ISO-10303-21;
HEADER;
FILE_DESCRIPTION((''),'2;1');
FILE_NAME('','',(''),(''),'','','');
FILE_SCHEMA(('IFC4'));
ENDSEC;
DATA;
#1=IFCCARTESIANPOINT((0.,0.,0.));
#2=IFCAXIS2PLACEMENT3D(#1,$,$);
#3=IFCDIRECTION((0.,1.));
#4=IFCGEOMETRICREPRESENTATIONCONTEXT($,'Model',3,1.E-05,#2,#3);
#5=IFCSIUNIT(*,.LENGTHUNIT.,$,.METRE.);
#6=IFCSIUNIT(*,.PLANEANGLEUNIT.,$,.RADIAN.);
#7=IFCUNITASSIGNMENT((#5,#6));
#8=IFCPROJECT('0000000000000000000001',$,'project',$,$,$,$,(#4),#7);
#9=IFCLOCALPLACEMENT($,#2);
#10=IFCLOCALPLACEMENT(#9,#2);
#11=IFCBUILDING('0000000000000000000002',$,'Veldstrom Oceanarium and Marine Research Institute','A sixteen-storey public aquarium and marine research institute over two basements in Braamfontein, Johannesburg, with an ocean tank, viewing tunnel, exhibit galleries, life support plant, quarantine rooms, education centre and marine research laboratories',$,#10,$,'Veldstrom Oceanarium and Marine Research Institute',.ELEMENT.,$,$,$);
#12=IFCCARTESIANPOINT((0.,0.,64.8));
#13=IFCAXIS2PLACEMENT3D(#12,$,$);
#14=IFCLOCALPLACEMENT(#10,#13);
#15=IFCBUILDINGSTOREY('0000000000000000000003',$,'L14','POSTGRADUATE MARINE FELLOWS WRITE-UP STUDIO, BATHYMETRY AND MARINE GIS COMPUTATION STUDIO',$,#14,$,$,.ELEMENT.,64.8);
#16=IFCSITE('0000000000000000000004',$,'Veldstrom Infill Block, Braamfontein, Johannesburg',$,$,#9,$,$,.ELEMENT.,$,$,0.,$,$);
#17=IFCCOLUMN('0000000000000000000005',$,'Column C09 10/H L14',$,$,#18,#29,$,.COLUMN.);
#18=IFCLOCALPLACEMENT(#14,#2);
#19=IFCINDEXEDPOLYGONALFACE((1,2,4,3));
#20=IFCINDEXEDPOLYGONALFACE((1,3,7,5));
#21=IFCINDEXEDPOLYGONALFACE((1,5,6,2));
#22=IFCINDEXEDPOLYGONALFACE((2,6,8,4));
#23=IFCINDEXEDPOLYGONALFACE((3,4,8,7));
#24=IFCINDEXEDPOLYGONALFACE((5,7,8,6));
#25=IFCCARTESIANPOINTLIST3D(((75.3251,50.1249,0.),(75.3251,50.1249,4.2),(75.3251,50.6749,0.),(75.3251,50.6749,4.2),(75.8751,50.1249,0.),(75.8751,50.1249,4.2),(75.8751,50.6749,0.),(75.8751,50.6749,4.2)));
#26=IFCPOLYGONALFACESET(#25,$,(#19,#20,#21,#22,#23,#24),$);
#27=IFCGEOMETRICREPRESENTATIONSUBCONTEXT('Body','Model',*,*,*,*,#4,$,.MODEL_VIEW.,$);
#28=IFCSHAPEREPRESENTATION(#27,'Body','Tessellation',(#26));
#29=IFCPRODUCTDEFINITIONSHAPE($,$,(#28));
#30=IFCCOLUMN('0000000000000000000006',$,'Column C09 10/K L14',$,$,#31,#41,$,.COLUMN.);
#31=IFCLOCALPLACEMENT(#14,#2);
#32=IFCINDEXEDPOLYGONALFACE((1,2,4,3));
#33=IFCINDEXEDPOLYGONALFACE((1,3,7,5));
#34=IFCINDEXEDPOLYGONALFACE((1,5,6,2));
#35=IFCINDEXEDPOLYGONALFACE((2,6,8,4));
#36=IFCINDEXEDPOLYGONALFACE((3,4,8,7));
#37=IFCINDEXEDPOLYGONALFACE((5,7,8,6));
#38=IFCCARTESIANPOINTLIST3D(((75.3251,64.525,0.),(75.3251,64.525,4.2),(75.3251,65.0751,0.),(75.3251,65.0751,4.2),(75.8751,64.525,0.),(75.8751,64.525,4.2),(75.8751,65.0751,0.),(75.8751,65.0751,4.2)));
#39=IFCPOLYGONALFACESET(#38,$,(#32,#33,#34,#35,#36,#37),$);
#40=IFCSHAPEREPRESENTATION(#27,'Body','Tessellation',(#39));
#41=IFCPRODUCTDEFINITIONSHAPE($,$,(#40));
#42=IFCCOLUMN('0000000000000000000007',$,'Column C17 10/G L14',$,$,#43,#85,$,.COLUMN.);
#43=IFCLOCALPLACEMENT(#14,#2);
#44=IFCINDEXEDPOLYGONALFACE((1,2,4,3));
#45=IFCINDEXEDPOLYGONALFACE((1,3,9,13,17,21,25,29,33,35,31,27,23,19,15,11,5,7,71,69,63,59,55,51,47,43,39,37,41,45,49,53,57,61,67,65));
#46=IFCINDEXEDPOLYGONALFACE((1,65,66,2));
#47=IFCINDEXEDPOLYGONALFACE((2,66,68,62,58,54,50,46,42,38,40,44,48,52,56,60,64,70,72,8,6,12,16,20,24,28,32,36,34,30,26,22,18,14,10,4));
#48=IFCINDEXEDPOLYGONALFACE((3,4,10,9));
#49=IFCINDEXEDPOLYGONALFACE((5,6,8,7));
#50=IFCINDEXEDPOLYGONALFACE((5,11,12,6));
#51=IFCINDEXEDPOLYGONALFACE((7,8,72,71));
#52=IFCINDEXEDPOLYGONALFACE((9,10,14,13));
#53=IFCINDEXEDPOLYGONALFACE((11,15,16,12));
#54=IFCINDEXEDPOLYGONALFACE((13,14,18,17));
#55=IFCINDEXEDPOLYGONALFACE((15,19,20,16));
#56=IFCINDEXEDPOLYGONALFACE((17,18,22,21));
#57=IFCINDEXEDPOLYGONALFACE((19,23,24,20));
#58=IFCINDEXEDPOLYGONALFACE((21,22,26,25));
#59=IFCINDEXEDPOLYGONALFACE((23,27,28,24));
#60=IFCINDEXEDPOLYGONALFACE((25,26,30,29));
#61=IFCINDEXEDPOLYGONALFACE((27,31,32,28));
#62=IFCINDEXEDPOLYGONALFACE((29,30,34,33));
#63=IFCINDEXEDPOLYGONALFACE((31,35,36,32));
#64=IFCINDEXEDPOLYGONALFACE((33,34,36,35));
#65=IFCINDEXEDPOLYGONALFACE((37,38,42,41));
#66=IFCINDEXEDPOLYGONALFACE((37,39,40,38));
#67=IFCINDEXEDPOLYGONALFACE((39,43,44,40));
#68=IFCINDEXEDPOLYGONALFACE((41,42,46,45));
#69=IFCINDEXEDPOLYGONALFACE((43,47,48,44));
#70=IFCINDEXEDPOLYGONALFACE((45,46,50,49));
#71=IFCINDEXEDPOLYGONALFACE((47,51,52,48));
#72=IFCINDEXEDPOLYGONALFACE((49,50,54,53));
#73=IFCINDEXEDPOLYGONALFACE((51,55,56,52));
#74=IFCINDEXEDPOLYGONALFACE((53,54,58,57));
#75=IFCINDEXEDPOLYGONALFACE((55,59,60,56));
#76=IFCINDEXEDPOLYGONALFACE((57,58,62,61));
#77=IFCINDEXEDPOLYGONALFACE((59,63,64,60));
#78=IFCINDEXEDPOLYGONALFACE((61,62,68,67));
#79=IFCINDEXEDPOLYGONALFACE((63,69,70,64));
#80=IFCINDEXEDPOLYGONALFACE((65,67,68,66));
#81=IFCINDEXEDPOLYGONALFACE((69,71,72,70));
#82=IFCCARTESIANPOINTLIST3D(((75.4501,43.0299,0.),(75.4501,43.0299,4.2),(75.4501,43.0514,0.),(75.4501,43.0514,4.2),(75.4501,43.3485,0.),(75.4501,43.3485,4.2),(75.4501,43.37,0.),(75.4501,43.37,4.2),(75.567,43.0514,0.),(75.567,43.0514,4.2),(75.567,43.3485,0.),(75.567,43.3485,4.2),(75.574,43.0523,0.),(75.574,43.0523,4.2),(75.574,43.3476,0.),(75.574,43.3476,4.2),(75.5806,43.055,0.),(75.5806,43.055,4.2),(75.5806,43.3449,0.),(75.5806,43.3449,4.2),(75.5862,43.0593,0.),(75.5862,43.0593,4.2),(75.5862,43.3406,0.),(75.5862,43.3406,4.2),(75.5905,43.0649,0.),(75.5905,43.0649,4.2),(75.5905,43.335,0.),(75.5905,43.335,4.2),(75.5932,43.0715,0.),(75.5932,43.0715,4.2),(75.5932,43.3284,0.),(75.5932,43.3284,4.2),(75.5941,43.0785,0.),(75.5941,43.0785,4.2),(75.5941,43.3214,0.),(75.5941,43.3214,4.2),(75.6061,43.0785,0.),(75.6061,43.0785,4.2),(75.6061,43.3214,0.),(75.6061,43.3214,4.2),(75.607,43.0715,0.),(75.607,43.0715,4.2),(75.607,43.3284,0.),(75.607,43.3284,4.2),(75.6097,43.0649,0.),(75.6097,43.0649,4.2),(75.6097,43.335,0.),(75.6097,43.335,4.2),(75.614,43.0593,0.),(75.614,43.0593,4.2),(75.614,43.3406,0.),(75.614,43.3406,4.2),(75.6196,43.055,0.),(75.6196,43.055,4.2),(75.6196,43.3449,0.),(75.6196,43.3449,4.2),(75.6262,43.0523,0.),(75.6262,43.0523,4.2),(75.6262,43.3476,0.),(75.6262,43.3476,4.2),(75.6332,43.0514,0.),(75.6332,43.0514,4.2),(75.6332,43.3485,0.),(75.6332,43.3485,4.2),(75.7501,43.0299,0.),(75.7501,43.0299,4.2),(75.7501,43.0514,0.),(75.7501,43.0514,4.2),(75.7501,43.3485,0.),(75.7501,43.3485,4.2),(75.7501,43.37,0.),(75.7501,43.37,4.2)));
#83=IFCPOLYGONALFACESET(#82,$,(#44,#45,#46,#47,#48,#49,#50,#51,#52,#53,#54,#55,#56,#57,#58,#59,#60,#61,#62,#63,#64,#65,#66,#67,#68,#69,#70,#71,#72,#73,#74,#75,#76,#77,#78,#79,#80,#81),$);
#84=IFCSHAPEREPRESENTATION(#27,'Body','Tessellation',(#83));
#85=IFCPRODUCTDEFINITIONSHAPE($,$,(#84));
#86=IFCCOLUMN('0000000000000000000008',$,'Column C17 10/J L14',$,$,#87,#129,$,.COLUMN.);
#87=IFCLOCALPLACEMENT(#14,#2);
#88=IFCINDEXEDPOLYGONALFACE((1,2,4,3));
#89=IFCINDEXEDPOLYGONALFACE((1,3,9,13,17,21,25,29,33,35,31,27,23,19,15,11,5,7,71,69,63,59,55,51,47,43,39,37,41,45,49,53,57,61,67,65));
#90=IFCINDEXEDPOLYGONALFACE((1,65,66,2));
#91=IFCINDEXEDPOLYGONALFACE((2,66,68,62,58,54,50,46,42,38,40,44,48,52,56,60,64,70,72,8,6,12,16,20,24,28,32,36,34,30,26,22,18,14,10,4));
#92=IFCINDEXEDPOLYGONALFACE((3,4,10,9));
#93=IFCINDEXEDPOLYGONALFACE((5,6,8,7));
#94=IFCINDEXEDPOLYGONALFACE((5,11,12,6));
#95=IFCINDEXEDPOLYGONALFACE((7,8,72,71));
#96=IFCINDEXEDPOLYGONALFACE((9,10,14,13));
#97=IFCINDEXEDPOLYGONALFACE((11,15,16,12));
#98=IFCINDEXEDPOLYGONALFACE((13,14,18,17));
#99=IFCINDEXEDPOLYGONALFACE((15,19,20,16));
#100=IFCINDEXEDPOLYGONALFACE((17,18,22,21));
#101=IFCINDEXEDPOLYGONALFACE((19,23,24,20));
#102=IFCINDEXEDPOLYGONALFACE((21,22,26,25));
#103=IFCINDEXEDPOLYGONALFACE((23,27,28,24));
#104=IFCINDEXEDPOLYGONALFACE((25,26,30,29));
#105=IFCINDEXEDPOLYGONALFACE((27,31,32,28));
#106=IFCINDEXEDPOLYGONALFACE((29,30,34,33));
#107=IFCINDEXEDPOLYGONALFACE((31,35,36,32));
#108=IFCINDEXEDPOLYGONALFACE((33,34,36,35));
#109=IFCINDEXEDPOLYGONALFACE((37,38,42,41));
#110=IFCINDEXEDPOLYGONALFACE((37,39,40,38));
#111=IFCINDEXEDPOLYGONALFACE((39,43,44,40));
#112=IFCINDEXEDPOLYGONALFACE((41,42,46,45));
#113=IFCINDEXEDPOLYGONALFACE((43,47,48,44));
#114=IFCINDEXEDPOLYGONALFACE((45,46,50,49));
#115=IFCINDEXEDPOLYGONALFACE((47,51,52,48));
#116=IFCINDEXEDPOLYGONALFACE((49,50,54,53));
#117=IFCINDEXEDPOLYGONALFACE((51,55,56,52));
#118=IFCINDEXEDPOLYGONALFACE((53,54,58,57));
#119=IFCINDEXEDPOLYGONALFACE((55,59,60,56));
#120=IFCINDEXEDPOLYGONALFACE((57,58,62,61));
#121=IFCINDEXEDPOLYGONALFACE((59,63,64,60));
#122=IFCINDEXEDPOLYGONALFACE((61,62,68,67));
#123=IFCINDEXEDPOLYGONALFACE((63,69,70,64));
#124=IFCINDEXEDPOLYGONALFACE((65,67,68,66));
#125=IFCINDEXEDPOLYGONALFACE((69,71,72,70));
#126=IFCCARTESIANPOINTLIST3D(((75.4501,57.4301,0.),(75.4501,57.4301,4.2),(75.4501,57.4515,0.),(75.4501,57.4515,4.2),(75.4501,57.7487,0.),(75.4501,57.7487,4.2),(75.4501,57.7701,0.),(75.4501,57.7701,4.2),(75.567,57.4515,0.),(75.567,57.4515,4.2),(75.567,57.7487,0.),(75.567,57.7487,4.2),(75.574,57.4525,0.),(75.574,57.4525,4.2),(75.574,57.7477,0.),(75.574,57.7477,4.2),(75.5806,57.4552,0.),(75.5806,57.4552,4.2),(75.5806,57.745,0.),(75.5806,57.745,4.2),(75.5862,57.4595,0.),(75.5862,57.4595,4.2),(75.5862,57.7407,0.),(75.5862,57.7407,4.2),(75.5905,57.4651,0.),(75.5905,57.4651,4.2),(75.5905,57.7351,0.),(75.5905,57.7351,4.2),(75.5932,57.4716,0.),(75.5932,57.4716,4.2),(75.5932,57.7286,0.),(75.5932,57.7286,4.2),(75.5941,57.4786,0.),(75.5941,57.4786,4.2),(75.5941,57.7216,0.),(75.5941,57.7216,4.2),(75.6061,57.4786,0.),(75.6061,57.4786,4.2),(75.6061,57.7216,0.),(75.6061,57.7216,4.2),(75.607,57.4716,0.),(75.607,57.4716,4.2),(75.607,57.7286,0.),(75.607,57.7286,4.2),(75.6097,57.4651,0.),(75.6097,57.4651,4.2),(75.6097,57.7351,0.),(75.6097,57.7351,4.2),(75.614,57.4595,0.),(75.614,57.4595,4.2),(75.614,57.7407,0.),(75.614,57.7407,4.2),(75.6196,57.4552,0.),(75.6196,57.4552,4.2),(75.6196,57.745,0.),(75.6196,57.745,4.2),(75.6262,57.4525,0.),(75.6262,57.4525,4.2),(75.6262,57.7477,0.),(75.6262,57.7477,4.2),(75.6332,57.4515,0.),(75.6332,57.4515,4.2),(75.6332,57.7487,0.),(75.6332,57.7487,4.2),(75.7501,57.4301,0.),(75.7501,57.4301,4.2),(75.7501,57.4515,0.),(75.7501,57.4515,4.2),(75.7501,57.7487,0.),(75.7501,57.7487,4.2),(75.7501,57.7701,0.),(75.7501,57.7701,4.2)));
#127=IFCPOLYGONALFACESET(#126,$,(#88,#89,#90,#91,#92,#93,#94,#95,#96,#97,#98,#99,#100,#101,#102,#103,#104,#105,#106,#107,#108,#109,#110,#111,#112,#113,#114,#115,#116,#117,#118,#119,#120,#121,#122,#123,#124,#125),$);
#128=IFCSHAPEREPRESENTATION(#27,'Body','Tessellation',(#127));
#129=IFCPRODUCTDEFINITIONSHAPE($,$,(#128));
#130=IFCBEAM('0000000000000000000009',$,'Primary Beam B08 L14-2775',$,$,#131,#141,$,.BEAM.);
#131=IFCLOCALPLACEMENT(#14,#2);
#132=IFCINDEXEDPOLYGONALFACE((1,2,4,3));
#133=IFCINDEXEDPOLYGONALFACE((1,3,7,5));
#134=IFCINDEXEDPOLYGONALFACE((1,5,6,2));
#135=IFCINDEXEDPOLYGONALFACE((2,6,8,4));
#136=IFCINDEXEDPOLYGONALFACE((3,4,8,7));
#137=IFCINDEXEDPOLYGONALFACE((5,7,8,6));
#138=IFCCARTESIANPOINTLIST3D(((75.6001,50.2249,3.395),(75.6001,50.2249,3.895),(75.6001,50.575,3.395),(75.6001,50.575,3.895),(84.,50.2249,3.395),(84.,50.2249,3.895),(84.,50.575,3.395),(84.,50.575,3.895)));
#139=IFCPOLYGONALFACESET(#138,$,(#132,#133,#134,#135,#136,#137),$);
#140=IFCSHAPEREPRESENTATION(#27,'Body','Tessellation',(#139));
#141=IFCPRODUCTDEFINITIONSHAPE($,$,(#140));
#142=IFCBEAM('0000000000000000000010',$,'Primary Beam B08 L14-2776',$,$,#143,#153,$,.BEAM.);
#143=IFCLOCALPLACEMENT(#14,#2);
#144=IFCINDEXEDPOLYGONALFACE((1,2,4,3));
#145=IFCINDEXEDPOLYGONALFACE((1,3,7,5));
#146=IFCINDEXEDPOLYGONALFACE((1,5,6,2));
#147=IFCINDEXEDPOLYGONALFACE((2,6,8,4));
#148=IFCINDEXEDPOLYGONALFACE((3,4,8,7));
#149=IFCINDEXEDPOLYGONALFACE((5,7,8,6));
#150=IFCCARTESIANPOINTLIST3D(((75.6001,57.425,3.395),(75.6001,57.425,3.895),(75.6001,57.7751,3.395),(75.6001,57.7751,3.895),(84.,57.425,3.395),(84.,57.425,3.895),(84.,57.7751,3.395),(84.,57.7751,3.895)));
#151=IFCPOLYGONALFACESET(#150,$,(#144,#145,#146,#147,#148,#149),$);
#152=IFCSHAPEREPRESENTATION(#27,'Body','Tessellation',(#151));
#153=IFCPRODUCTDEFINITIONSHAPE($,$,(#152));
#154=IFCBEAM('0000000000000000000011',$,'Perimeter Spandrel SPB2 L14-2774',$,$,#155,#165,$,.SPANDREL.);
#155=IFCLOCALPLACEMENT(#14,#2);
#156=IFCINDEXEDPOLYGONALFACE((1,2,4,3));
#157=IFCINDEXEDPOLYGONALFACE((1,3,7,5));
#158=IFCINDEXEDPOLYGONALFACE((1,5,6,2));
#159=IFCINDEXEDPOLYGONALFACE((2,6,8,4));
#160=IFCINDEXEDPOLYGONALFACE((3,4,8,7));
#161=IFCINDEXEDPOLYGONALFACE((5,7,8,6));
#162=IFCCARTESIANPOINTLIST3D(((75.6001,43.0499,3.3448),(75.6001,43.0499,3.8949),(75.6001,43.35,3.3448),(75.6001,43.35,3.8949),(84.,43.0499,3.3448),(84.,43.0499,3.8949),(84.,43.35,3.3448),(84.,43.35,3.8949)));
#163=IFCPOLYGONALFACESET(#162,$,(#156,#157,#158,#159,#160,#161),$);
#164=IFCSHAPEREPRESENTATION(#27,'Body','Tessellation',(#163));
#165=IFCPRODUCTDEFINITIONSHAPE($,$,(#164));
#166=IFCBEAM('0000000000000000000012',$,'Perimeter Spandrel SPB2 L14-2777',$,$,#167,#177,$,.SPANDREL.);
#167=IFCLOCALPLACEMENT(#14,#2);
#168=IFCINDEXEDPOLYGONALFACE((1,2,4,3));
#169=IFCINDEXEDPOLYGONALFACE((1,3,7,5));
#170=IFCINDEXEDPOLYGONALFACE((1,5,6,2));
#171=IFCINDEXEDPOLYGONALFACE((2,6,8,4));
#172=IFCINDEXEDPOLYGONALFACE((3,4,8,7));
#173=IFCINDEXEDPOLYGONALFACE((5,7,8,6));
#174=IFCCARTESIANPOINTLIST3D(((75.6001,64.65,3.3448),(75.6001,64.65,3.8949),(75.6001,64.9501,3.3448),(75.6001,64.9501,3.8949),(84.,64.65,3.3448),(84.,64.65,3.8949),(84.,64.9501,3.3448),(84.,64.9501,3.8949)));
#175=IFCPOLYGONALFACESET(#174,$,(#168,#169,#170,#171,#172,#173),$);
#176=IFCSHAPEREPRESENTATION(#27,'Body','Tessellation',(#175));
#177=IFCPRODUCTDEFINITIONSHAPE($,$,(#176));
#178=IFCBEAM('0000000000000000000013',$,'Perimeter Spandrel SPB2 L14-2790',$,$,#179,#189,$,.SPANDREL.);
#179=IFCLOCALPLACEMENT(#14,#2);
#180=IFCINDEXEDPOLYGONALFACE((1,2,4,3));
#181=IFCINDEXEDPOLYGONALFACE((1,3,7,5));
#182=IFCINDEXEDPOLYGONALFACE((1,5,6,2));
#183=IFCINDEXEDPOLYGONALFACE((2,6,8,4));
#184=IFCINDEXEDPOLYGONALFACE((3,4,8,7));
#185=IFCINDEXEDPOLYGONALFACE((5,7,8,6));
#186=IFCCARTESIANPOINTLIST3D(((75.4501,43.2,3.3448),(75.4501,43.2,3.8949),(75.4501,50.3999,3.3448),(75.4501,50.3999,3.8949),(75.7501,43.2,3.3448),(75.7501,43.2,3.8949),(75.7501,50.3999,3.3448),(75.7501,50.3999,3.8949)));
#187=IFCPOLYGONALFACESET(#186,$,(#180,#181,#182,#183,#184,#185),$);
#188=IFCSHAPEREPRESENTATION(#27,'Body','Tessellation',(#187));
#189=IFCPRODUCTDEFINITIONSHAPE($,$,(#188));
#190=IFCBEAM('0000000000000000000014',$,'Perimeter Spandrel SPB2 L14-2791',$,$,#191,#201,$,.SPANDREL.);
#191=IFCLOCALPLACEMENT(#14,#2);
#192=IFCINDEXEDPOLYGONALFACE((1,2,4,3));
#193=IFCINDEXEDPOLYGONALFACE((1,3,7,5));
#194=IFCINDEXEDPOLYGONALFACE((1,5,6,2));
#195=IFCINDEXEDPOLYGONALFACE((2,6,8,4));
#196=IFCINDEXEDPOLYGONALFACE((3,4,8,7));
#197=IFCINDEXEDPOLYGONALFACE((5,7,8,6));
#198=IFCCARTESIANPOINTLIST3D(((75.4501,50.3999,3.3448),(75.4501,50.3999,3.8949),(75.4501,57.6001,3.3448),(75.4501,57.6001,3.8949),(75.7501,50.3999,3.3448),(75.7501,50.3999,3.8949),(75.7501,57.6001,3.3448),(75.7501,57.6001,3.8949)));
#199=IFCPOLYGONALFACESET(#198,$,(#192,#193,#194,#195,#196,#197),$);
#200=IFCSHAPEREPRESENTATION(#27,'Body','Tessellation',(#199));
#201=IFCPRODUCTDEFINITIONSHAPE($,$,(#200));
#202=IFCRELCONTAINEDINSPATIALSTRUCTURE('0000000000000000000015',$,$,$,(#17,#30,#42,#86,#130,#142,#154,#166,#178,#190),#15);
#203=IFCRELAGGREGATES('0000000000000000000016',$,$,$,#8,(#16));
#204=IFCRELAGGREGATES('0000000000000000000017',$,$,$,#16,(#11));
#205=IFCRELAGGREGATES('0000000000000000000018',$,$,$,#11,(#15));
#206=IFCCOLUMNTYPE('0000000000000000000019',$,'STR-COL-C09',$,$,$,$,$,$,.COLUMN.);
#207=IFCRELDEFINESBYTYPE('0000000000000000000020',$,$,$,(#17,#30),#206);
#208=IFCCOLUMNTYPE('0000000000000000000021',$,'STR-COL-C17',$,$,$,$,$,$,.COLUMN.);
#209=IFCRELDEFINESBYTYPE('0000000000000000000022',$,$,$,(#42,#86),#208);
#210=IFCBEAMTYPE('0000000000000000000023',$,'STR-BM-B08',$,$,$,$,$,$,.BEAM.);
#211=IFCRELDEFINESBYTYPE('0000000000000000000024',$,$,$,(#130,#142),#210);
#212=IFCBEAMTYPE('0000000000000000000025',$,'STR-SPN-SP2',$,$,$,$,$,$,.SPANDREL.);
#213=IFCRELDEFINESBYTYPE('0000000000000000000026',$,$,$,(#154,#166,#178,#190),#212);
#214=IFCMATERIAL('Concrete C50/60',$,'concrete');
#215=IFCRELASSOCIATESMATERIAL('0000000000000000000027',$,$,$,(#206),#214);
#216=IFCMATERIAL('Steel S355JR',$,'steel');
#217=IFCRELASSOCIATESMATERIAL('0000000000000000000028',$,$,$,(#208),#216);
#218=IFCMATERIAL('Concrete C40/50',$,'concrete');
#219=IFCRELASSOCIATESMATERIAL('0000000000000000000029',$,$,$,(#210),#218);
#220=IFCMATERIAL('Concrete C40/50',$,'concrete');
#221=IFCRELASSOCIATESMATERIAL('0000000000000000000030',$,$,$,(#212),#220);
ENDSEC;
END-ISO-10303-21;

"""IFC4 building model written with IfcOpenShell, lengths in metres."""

from ifc_helpers import new_model, si_unit, direction, frame, origin, origin_2d, place, context, subcontext, project, spatial, rectangle, i_section, extrude, material, material_profile, profile_set, type_object, element, save


model = new_model("IFC4")

# Units and contexts
model_context = context("Model", 3, precision=1e-05, world=origin(), true_north=direction((0.0, 1.0)))
body_context = subcontext(model_context, "Body", "Model", "MODEL_VIEW")
ifc_project = project(units=[si_unit("LENGTHUNIT", "METRE"), si_unit("PLANEANGLEUNIT", "RADIAN")], contexts=[model_context])

# Site, building, storey
site_placement = place(None, origin())
site = spatial("IfcSite", under=ifc_project, at=site_placement, Name="Veldstrom Infill Block, Braamfontein, Johannesburg", CompositionType="ELEMENT", RefElevation=0.0)
building_placement = place(site_placement, origin())
building = spatial("IfcBuilding", under=site, at=building_placement, Name="Veldstrom Oceanarium and Marine Research Institute", Description="A sixteen-storey public aquarium and marine research institute over two basements in Braamfontein, Johannesburg, with an ocean tank, viewing tunnel, exhibit galleries, life support plant, quarantine rooms, education centre and marine research laboratories", LongName="Veldstrom Oceanarium and Marine Research Institute", CompositionType="ELEMENT")
storey_placement = place(building_placement, frame((0.0, 0.0, 64.8)))
storey = spatial("IfcBuildingStorey", under=building, at=storey_placement, Name="L14", Description="POSTGRADUATE MARINE FELLOWS WRITE-UP STUDIO, BATHYMETRY AND MARINE GIS COMPUTATION STUDIO", CompositionType="ELEMENT", Elevation=64.8)

# Columns
ifc_material_1 = material(Name="Concrete C50/60", Category="concrete")
ifc_material_profile_1 = material_profile(ifc_material_1, rectangle(XDim=0.55, YDim=0.55, at=origin_2d()), Name="RC-COL-550x550")
ifc_profile_set_1 = profile_set([ifc_material_profile_1], Name="Concrete C50/60")
column_type_1 = type_object("IfcColumnType", Name="STR-COL-C09", PredefinedType="COLUMN", material=ifc_profile_set_1)
for number, where, z_axis, x_axis, name in (
    (1, (75.6001, 50.3999, 0.0), (0.0, 0.0, 1.0), (1.0, 0.0, 0.0), "Column C09 10/H L14"),
    (2, (75.6001, 64.8, 0.0), (0.0, 0.0, 1.0), (1.0, 0.0, 0.0), "Column C09 10/K L14"),
):
    element("IfcColumn", number, at=place(storey_placement, frame(where, z_axis=z_axis, x_axis=x_axis)), inside=storey, type_object=column_type_1, Name=name, PredefinedType="COLUMN", context=body_context, shape_type="SweptSolid", body=[
        extrude(rectangle(XDim=0.55, YDim=0.55, at=origin_2d()), origin(), (0.0, 0.0, 1.0), 4.2),
    ])
ifc_material_2 = material(Name="Steel S355JR", Category="steel")
ifc_material_profile_2 = material_profile(ifc_material_2, i_section(OverallWidth=0.3, OverallDepth=0.3401, WebThickness=0.012, FlangeThickness=0.0215, FilletRadius=0.0271, at=origin_2d()), Name="HEB 340")
ifc_profile_set_2 = profile_set([ifc_material_profile_2], Name="Steel S355JR")
column_type_2 = type_object("IfcColumnType", Name="STR-COL-C17", PredefinedType="COLUMN", material=ifc_profile_set_2)
for number, where, z_axis, x_axis, name in (
    (3, (75.6001, 43.2, 0.0), (0.0, 0.0, 1.0), (1.0, 0.0, 0.0), "Column C17 10/G L14"),
    (4, (75.6001, 57.6001, 0.0), (0.0, 0.0, 1.0), (1.0, 0.0, 0.0), "Column C17 10/J L14"),
):
    element("IfcColumn", number, at=place(storey_placement, frame(where, z_axis=z_axis, x_axis=x_axis)), inside=storey, type_object=column_type_2, Name=name, PredefinedType="COLUMN", context=body_context, shape_type="SweptSolid", body=[
        extrude(i_section(OverallWidth=0.3, OverallDepth=0.3401, WebThickness=0.012, FlangeThickness=0.0215, FilletRadius=0.0271, at=origin_2d()), origin(), (0.0, 0.0, 1.0), 4.2),
    ])

# Beams
ifc_material_3 = material(Name="Concrete C40/50", Category="concrete")
ifc_material_profile_3 = material_profile(ifc_material_3, rectangle(XDim=0.3501, YDim=0.5, at=origin_2d()), Name="RC-BM-350x500")
ifc_profile_set_3 = profile_set([ifc_material_profile_3], Name="Concrete C40/50")
beam_type_1 = type_object("IfcBeamType", Name="STR-BM-B08", PredefinedType="BEAM", material=ifc_profile_set_3)
for number, where, z_axis, x_axis, name in (
    (5, (75.6001, 50.3999, 3.645), (1.0, 0.0, 0.0), (0.0, 1.0, 0.0), "Primary Beam B08 L14-2775"),
    (6, (75.6001, 57.6001, 3.645), (1.0, 0.0, 0.0), (0.0, 1.0, 0.0), "Primary Beam B08 L14-2776"),
):
    element("IfcBeam", number, at=place(storey_placement, frame(where, z_axis=z_axis, x_axis=x_axis)), inside=storey, type_object=beam_type_1, Name=name, PredefinedType="BEAM", context=body_context, shape_type="SweptSolid", body=[
        extrude(rectangle(XDim=0.3501, YDim=0.5, at=origin_2d()), origin(), (0.0, 0.0, 1.0), 8.3999),
    ])
ifc_material_4 = material(Name="Concrete C40/50", Category="concrete")
ifc_material_profile_4 = material_profile(ifc_material_4, rectangle(XDim=0.3, YDim=0.55, at=origin_2d()), Name="RC-SPN-300x550")
ifc_profile_set_4 = profile_set([ifc_material_profile_4], Name="Concrete C40/50")
beam_type_2 = type_object("IfcBeamType", Name="STR-SPN-SP2", PredefinedType="SPANDREL", material=ifc_profile_set_4)
for number, where, z_axis, x_axis, name in (
    (7, (75.6001, 43.2, 3.6199), (1.0, 0.0, 0.0), (0.0, 1.0, 0.0), "Perimeter Spandrel SPB2 L14-2774"),
    (8, (75.6001, 64.8, 3.6199), (1.0, 0.0, 0.0), (0.0, 1.0, 0.0), "Perimeter Spandrel SPB2 L14-2777"),
):
    element("IfcBeam", number, at=place(storey_placement, frame(where, z_axis=z_axis, x_axis=x_axis)), inside=storey, type_object=beam_type_2, Name=name, PredefinedType="SPANDREL", context=body_context, shape_type="SweptSolid", body=[
        extrude(rectangle(XDim=0.3, YDim=0.55, at=origin_2d()), origin(), (0.0, 0.0, 1.0), 8.3999),
    ])
beam_1_placement = place(storey_placement, frame((75.6001, 43.2, 3.6199), z_axis=(0.0, 1.0, 0.0), x_axis=(-1.0, 0.0, 0.0)))
element("IfcBeam", 9, at=beam_1_placement, inside=storey, type_object=beam_type_2, Name="Perimeter Spandrel SPB2 L14-2790", PredefinedType="SPANDREL", context=body_context, shape_type="SweptSolid", body=[
    extrude(rectangle(XDim=0.3, YDim=0.55, at=origin_2d()), origin(), (0.0, 0.0, 1.0), 7.2),
])
beam_2_placement = place(storey_placement, frame((75.6001, 50.3999, 3.6199), z_axis=(0.0, 1.0, 0.0), x_axis=(-1.0, 0.0, 0.0)))
element("IfcBeam", 10, at=beam_2_placement, inside=storey, type_object=beam_type_2, Name="Perimeter Spandrel SPB2 L14-2791", PredefinedType="SPANDREL", context=body_context, shape_type="SweptSolid", body=[
    extrude(rectangle(XDim=0.3, YDim=0.55, at=origin_2d()), origin(), (0.0, 0.0, 1.0), 7.2002),
])

save(model, "model.ifc")
